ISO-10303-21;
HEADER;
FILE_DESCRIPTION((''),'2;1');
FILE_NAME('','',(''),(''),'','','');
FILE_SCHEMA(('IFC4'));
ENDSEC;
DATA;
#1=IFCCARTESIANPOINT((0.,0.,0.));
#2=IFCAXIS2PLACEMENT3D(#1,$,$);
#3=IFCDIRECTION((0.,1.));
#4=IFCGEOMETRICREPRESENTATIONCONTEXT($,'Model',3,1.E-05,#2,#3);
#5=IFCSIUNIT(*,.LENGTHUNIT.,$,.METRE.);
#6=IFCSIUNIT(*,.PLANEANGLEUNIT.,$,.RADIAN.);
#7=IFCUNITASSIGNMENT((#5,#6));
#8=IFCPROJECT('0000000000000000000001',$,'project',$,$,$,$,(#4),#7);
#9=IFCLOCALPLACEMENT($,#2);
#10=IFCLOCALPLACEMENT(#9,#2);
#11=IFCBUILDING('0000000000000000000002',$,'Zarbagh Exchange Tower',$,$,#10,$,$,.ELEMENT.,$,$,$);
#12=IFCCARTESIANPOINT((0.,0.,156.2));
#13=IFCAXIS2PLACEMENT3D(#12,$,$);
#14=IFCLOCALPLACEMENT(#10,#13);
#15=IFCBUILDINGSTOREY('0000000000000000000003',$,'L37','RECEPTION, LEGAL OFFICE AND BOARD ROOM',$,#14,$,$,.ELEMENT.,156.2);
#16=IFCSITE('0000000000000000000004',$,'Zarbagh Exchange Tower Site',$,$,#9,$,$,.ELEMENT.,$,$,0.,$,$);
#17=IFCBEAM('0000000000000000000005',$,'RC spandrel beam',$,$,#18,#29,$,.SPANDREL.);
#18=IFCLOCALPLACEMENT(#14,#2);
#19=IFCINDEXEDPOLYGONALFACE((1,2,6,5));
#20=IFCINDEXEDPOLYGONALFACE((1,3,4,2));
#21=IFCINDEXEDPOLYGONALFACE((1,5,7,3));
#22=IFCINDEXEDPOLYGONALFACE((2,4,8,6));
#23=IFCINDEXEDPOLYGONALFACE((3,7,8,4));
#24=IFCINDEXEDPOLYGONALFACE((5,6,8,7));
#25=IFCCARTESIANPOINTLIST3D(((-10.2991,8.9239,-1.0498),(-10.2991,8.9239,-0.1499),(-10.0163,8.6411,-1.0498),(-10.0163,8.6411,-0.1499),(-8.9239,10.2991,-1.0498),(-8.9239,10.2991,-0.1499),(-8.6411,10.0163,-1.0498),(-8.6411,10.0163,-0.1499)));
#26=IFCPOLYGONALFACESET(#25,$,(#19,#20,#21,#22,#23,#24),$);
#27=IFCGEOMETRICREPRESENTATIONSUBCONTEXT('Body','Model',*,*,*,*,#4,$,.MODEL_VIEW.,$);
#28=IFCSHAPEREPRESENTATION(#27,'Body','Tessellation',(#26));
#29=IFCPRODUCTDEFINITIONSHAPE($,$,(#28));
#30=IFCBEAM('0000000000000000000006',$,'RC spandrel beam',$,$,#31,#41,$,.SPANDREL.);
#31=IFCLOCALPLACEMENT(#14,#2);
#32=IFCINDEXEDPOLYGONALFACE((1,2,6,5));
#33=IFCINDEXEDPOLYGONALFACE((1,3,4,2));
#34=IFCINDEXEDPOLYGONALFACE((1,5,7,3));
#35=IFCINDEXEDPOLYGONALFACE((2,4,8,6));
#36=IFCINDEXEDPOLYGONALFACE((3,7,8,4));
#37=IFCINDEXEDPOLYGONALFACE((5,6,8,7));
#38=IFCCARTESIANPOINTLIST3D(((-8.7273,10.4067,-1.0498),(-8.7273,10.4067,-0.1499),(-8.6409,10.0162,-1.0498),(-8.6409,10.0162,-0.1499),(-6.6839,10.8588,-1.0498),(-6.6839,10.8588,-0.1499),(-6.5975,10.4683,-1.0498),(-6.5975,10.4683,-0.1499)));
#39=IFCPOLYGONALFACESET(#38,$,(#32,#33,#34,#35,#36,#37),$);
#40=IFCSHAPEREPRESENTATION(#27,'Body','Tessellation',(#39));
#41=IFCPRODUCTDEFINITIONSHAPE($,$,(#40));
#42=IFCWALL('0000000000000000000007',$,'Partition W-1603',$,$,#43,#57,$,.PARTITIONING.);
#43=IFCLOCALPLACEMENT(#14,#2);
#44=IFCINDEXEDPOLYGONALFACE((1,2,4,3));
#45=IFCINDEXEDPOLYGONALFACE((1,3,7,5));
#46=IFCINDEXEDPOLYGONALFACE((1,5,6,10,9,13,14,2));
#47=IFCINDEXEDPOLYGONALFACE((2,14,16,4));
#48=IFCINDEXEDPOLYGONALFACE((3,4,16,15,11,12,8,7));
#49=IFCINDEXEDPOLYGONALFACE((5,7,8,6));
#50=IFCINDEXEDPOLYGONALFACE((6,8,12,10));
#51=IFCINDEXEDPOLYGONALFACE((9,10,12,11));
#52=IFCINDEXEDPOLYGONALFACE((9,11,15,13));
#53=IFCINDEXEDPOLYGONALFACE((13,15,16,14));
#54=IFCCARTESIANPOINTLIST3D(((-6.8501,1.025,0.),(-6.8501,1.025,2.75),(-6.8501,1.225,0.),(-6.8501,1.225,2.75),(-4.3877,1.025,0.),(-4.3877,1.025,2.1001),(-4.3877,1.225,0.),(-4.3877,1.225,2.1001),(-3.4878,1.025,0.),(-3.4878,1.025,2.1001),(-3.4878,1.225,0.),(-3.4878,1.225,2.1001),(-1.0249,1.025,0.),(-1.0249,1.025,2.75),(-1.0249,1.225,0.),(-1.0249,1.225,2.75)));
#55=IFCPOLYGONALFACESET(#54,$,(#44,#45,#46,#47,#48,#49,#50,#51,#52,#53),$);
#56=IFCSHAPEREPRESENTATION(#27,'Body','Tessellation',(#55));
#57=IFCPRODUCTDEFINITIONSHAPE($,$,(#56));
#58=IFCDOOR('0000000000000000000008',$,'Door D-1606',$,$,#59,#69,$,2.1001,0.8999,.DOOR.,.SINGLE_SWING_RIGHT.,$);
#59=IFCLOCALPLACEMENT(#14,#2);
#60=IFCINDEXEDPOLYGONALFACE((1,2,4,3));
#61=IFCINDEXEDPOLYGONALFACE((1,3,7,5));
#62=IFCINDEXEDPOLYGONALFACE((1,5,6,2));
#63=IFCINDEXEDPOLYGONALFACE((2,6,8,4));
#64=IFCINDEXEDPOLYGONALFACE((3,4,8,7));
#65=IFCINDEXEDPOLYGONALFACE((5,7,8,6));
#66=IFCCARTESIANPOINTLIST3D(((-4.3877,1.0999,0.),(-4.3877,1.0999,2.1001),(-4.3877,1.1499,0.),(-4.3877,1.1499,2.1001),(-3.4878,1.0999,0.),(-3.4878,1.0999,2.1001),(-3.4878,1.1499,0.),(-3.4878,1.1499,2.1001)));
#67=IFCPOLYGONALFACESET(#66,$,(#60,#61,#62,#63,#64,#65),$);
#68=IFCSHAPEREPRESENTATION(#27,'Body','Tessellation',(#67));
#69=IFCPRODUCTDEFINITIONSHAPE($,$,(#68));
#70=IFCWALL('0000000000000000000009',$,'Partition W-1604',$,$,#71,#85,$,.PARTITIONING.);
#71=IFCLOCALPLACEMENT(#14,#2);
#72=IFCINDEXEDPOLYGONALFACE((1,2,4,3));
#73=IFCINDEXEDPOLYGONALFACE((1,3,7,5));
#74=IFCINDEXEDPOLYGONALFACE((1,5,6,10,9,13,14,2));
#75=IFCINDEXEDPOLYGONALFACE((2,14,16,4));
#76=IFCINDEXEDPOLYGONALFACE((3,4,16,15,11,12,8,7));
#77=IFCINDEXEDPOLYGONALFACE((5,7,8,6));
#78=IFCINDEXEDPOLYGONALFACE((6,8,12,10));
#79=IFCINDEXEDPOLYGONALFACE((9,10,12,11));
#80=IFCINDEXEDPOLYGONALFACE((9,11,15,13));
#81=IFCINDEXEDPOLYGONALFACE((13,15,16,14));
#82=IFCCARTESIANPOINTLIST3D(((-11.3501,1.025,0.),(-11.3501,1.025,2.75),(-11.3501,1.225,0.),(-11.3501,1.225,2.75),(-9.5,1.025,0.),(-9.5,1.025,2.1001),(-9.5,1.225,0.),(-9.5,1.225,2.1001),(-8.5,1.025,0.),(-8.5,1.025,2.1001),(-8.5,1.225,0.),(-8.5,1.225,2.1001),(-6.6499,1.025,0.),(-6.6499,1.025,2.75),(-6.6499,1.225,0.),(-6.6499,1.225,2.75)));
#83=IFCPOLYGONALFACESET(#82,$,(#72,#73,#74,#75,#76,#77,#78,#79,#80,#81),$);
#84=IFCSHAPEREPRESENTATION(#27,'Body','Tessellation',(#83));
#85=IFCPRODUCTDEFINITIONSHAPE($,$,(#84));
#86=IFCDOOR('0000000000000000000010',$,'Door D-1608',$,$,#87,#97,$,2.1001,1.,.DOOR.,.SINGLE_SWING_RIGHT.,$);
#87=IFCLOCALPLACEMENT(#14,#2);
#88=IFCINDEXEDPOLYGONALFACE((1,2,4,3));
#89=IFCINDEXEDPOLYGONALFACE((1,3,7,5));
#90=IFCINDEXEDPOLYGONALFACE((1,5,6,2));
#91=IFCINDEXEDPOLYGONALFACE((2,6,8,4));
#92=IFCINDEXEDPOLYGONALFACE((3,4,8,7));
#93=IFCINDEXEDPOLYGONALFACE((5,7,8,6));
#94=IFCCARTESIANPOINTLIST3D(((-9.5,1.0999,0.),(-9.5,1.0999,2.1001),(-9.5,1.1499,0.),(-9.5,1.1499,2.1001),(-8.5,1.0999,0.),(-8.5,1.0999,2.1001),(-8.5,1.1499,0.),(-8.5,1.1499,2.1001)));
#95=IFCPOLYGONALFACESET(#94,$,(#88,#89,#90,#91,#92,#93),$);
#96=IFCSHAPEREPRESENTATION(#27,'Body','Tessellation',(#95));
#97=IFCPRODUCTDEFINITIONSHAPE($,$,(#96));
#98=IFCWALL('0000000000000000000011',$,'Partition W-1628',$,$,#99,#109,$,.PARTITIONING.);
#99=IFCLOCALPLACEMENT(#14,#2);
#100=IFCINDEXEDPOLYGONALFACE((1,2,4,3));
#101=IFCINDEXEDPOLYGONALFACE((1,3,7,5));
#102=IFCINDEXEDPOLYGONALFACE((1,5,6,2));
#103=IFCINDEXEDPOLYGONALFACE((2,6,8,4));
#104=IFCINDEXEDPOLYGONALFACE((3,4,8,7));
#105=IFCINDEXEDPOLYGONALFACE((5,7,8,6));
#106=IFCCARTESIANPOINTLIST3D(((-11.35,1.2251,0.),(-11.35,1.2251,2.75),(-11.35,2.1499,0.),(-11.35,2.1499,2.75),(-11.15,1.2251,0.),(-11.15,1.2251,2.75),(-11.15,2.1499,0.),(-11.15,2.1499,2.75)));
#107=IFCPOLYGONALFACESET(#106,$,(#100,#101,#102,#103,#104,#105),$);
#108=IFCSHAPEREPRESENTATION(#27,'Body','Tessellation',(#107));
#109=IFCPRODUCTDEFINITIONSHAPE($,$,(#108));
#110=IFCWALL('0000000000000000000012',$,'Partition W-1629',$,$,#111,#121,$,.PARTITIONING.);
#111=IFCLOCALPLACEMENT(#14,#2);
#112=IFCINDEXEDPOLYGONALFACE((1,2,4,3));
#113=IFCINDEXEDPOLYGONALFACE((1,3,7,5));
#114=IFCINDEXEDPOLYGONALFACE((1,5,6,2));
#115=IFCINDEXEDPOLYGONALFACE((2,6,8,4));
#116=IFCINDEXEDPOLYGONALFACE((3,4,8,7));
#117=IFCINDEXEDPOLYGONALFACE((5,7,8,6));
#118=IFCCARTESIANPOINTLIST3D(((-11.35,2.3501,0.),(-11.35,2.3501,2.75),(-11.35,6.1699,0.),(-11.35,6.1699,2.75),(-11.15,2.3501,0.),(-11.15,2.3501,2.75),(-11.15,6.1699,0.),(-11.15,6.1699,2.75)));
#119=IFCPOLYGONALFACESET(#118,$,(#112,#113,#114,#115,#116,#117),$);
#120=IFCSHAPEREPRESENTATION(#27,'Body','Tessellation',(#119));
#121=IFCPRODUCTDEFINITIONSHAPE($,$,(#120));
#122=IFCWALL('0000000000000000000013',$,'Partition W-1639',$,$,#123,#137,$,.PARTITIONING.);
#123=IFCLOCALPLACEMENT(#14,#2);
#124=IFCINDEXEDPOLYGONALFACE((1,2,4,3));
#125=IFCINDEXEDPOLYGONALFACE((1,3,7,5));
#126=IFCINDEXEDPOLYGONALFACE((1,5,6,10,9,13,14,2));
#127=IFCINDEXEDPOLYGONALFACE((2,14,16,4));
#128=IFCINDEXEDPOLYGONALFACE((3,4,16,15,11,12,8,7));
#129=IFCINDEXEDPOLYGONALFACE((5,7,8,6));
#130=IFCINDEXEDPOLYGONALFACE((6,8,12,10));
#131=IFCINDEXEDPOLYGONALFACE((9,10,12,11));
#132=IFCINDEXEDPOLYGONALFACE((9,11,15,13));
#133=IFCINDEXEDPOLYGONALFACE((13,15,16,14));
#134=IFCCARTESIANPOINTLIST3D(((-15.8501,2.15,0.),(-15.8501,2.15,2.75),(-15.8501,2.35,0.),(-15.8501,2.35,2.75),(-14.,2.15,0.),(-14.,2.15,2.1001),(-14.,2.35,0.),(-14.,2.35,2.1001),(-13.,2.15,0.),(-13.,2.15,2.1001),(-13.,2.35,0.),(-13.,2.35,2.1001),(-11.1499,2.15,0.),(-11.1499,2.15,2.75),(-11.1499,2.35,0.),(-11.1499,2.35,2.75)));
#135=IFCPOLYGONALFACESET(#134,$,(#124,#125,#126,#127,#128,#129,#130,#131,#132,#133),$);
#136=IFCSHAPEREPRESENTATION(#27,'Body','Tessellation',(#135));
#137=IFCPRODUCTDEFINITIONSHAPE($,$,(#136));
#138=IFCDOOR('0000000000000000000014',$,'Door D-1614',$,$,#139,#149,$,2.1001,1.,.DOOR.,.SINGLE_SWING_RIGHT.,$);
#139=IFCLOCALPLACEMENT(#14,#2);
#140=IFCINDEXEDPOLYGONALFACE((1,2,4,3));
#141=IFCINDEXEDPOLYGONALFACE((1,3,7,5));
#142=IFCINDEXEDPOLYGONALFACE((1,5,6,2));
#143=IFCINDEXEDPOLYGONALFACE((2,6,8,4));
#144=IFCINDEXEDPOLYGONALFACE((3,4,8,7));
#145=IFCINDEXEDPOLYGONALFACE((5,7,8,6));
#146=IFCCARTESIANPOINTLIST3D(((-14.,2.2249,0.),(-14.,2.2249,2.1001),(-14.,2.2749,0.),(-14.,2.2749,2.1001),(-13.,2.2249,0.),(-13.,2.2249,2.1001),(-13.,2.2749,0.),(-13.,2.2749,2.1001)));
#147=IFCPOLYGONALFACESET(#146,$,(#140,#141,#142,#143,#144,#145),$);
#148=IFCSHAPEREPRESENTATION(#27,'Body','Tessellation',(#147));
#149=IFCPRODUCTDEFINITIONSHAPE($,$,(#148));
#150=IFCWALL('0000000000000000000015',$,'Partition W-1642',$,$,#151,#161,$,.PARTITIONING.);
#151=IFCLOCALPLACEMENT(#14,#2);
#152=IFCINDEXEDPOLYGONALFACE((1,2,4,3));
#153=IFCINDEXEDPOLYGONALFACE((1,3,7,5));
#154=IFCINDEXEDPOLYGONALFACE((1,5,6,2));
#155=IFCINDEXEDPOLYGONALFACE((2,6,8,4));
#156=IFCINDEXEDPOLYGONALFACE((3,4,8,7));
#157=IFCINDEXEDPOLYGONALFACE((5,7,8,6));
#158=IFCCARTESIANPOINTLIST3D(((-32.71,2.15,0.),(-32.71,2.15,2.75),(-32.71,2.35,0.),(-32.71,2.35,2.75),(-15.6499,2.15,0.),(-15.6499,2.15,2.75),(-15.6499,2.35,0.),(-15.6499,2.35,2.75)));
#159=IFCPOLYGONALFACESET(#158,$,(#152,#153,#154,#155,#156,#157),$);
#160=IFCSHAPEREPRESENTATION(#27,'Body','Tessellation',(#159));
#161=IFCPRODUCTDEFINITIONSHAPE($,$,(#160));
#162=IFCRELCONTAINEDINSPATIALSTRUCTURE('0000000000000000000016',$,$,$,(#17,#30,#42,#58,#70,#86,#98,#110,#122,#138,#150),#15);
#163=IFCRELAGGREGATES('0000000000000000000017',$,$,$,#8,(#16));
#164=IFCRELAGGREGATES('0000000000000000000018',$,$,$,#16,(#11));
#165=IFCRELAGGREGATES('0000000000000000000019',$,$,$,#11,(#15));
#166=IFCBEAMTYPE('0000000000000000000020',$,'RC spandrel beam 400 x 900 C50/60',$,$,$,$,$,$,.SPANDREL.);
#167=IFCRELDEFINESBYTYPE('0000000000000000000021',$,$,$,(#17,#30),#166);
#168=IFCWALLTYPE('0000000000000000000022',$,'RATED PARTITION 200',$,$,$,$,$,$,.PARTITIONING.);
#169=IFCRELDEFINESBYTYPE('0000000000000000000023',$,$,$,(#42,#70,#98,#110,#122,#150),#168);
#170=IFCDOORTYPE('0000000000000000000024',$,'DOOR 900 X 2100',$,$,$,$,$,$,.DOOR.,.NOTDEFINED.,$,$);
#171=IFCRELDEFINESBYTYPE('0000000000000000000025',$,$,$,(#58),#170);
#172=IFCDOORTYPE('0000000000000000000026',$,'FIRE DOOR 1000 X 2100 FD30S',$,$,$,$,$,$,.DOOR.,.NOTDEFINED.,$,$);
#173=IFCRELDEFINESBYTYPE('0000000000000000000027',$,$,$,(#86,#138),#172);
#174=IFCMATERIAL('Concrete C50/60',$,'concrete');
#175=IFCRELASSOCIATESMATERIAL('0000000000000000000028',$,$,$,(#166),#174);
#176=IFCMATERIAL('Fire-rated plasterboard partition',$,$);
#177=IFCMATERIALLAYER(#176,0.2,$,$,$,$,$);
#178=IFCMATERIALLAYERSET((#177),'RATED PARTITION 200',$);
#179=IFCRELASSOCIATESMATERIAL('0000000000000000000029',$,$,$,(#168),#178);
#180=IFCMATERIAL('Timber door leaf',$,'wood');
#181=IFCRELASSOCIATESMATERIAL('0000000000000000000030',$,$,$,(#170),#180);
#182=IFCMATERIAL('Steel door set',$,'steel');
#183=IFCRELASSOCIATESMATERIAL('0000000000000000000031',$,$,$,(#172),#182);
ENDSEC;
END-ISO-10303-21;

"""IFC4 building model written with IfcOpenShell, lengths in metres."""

from ifc_helpers import new_model, si_unit, direction, frame, frame_2d, origin, origin_2d, place, context, subcontext, project, spatial, rectangle, extrude, material, layer, layer_set, material_profile, profile_set, type_object, element, fill, save


model = new_model("IFC4")

# Units and contexts
model_context = context("Model", 3, precision=1e-05, world=origin(), true_north=direction((0.0, 1.0)))
body_context = subcontext(model_context, "Body", "Model", "MODEL_VIEW")
ifc_project = project(units=[si_unit("LENGTHUNIT", "METRE"), si_unit("PLANEANGLEUNIT", "RADIAN")], contexts=[model_context])

# Site, building, storey
site_placement = place(None, origin())
site = spatial("IfcSite", under=ifc_project, at=site_placement, Name="Zarbagh Exchange Tower Site", CompositionType="ELEMENT", RefElevation=0.0)
building_placement = place(site_placement, origin())
building = spatial("IfcBuilding", under=site, at=building_placement, Name="Zarbagh Exchange Tower", CompositionType="ELEMENT")
storey_placement = place(building_placement, frame((0.0, 0.0, 156.2)))
storey = spatial("IfcBuildingStorey", under=building, at=storey_placement, Name="L37", Description="RECEPTION, LEGAL OFFICE AND BOARD ROOM", CompositionType="ELEMENT", Elevation=156.2)

# Shared definitions
ifc_material_1 = material(Name="Concrete C50/60", Category="concrete")

# Beams
ifc_material_profile_1 = material_profile(ifc_material_1, rectangle(XDim=0.3999, YDim=0.8999, at=origin_2d()), Name="RC spandrel beam 400 x 900 C50/60")
ifc_profile_set_1 = profile_set([ifc_material_profile_1], Name="Concrete C50/60")
beam_type_1 = type_object("IfcBeamType", Name="RC spandrel beam 400 x 900 C50/60", PredefinedType="SPANDREL", material=ifc_profile_set_1)
beam_1_placement = place(storey_placement, frame((-10.1577, 8.7825, -0.5999), z_axis=(0.707107, 0.707107, 0.0), x_axis=(-0.707107, 0.707107, 0.0)))
element("IfcBeam", 1, at=beam_1_placement, inside=storey, type_object=beam_type_1, Name="RC spandrel beam", PredefinedType="SPANDREL", context=body_context, shape_type="SweptSolid", body=[
    extrude(rectangle(XDim=0.3999, YDim=0.8999, at=origin_2d()), origin(), (0.0, 0.0, 1.0), 1.9448),
])
beam_2_placement = place(storey_placement, frame((-8.6841, 10.2114, -0.5999), z_axis=(0.976384, 0.216041, 0.0), x_axis=(-0.216041, 0.976384, 0.0)))
element("IfcBeam", 2, at=beam_2_placement, inside=storey, type_object=beam_type_1, Name="RC spandrel beam", PredefinedType="SPANDREL", context=body_context, shape_type="SweptSolid", body=[
    extrude(rectangle(XDim=0.3999, YDim=0.8999, at=origin_2d()), origin(), (0.0, 0.0, 1.0), 2.0928),
])

# Walls, openings, doors
ifc_material_2 = material(Name="Fire-rated plasterboard partition")
ifc_layer = layer(ifc_material_2, 0.2)
ifc_layer_set = layer_set([ifc_layer], Name="RATED PARTITION 200")
wall_type = type_object("IfcWallType", Name="RATED PARTITION 200", PredefinedType="PARTITIONING", material=ifc_layer_set)
wall_1_placement = place(storey_placement, frame((-6.8501, 1.125, 0.0), z_axis=(0.0, 0.0, 1.0), x_axis=(1.0, 0.0, 0.0)))
wall_1 = element("IfcWall", 3, at=wall_1_placement, inside=storey, type_object=wall_type, Name="Partition W-1603", PredefinedType="PARTITIONING", context=body_context, shape_type="SweptSolid", body=[
    extrude(rectangle(XDim=5.8252, YDim=0.2, at=frame_2d((2.9126, 0.0))), origin(), (0.0, 0.0, 1.0), 2.75),
])
opening_1_placement = place(wall_1_placement, frame((2.4624, 0.0, 0.0)))
opening_1 = element("IfcOpeningElement", 4, at=opening_1_placement, cuts=wall_1, PredefinedType="OPENING", context=body_context, shape_type="SweptSolid", body=[
    extrude(rectangle(XDim=0.8999, YDim=2.1001, at=frame_2d((0.45, 1.05))), frame((0.0, 0.1099, 0.0), z_axis=(0.0, -1.0, 0.0), x_axis=(1.0, 0.0, 0.0)), (0.0, 0.0, 1.0), 0.22),
])
ifc_material_3 = material(Name="Timber door leaf", Category="wood")
door_type_1 = type_object("IfcDoorType", Name="DOOR 900 X 2100", OperationType="NOTDEFINED", PredefinedType="DOOR", material=ifc_material_3)
door_1_placement = place(opening_1_placement, origin())
door_1 = element("IfcDoor", 5, at=door_1_placement, inside=storey, type_object=door_type_1, Name="Door D-1606", OperationType="SINGLE_SWING_RIGHT", OverallHeight=2.1001, OverallWidth=0.8999, PredefinedType="DOOR", context=body_context, shape_type="SweptSolid", body=[
    extrude(rectangle(XDim=0.8999, YDim=2.1001, at=frame_2d((0.45, 1.05))), frame((0.0, 0.0249, 0.0), z_axis=(0.0, -1.0, 0.0), x_axis=(1.0, 0.0, 0.0)), (0.0, 0.0, 1.0), 0.05),
])
fill(opening_1, door_1)
wall_2_placement = place(storey_placement, frame((-11.3501, 1.125, 0.0), z_axis=(0.0, 0.0, 1.0), x_axis=(1.0, 0.0, 0.0)))
wall_2 = element("IfcWall", 6, at=wall_2_placement, inside=storey, type_object=wall_type, Name="Partition W-1604", PredefinedType="PARTITIONING", context=body_context, shape_type="SweptSolid", body=[
    extrude(rectangle(XDim=4.7002, YDim=0.2, at=frame_2d((2.3501, 0.0))), origin(), (0.0, 0.0, 1.0), 2.75),
])
opening_2_placement = place(wall_2_placement, frame((1.8501, 0.0, 0.0)))
opening_2 = element("IfcOpeningElement", 7, at=opening_2_placement, cuts=wall_2, PredefinedType="OPENING", context=body_context, shape_type="SweptSolid", body=[
    extrude(rectangle(XDim=1.0, YDim=2.1001, at=frame_2d((0.5, 1.05))), frame((0.0, 0.1099, 0.0), z_axis=(0.0, -1.0, 0.0), x_axis=(1.0, 0.0, 0.0)), (0.0, 0.0, 1.0), 0.22),
])
ifc_material_4 = material(Name="Steel door set", Category="steel")
door_type_2 = type_object("IfcDoorType", Name="FIRE DOOR 1000 X 2100 FD30S", OperationType="NOTDEFINED", PredefinedType="DOOR", material=ifc_material_4)
door_2_placement = place(opening_2_placement, origin())
door_2 = element("IfcDoor", 8, at=door_2_placement, inside=storey, type_object=door_type_2, Name="Door D-1608", OperationType="SINGLE_SWING_RIGHT", OverallHeight=2.1001, OverallWidth=1.0, PredefinedType="DOOR", context=body_context, shape_type="SweptSolid", body=[
    extrude(rectangle(XDim=1.0, YDim=2.1001, at=frame_2d((0.5, 1.05))), frame((0.0, 0.0249, 0.0), z_axis=(0.0, -1.0, 0.0), x_axis=(1.0, 0.0, 0.0)), (0.0, 0.0, 1.0), 0.05),
])
fill(opening_2, door_2)

# Walls
wall_3_placement = place(storey_placement, frame((-11.25, 1.2251, 0.0), z_axis=(0.0, 0.0, 1.0), x_axis=(0.0, 1.0, 0.0)))
element("IfcWall", 9, at=wall_3_placement, inside=storey, type_object=wall_type, Name="Partition W-1628", PredefinedType="PARTITIONING", context=body_context, shape_type="SweptSolid", body=[
    extrude(rectangle(XDim=0.9248, YDim=0.2, at=frame_2d((0.4624, 0.0))), origin(), (0.0, 0.0, 1.0), 2.75),
])
wall_4_placement = place(storey_placement, frame((-11.25, 2.3501, 0.0), z_axis=(0.0, 0.0, 1.0), x_axis=(0.0, 1.0, 0.0)))
element("IfcWall", 10, at=wall_4_placement, inside=storey, type_object=wall_type, Name="Partition W-1629", PredefinedType="PARTITIONING", context=body_context, shape_type="SweptSolid", body=[
    extrude(rectangle(XDim=3.8198, YDim=0.2, at=frame_2d((1.9099, 0.0))), origin(), (0.0, 0.0, 1.0), 2.75),
])

# Wall, opening, door
wall_5_placement = place(storey_placement, frame((-15.8501, 2.25, 0.0), z_axis=(0.0, 0.0, 1.0), x_axis=(1.0, 0.0, 0.0)))
wall_5 = element("IfcWall", 11, at=wall_5_placement, inside=storey, type_object=wall_type, Name="Partition W-1639", PredefinedType="PARTITIONING", context=body_context, shape_type="SweptSolid", body=[
    extrude(rectangle(XDim=4.7002, YDim=0.2, at=frame_2d((2.3501, 0.0))), origin(), (0.0, 0.0, 1.0), 2.75),
])
opening_3_placement = place(wall_5_placement, frame((1.8501, 0.0, 0.0)))
opening_3 = element("IfcOpeningElement", 12, at=opening_3_placement, cuts=wall_5, PredefinedType="OPENING", context=body_context, shape_type="SweptSolid", body=[
    extrude(rectangle(XDim=1.0, YDim=2.1001, at=frame_2d((0.5, 1.05))), frame((0.0, 0.1099, 0.0), z_axis=(0.0, -1.0, 0.0), x_axis=(1.0, 0.0, 0.0)), (0.0, 0.0, 1.0), 0.22),
])
door_3_placement = place(opening_3_placement, origin())
door_3 = element("IfcDoor", 13, at=door_3_placement, inside=storey, type_object=door_type_2, Name="Door D-1614", OperationType="SINGLE_SWING_RIGHT", OverallHeight=2.1001, OverallWidth=1.0, PredefinedType="DOOR", context=body_context, shape_type="SweptSolid", body=[
    extrude(rectangle(XDim=1.0, YDim=2.1001, at=frame_2d((0.5, 1.05))), frame((0.0, 0.0249, 0.0), z_axis=(0.0, -1.0, 0.0), x_axis=(1.0, 0.0, 0.0)), (0.0, 0.0, 1.0), 0.05),
])
fill(opening_3, door_3)

# Wall
wall_6_placement = place(storey_placement, frame((-32.71, 2.25, 0.0), z_axis=(0.0, 0.0, 1.0), x_axis=(1.0, 0.0, 0.0)))
element("IfcWall", 14, at=wall_6_placement, inside=storey, type_object=wall_type, Name="Partition W-1642", PredefinedType="PARTITIONING", context=body_context, shape_type="SweptSolid", body=[
    extrude(rectangle(XDim=17.0601, YDim=0.2, at=frame_2d((8.53, 0.0))), origin(), (0.0, 0.0, 1.0), 2.75),
])

save(model, "model.ifc")
